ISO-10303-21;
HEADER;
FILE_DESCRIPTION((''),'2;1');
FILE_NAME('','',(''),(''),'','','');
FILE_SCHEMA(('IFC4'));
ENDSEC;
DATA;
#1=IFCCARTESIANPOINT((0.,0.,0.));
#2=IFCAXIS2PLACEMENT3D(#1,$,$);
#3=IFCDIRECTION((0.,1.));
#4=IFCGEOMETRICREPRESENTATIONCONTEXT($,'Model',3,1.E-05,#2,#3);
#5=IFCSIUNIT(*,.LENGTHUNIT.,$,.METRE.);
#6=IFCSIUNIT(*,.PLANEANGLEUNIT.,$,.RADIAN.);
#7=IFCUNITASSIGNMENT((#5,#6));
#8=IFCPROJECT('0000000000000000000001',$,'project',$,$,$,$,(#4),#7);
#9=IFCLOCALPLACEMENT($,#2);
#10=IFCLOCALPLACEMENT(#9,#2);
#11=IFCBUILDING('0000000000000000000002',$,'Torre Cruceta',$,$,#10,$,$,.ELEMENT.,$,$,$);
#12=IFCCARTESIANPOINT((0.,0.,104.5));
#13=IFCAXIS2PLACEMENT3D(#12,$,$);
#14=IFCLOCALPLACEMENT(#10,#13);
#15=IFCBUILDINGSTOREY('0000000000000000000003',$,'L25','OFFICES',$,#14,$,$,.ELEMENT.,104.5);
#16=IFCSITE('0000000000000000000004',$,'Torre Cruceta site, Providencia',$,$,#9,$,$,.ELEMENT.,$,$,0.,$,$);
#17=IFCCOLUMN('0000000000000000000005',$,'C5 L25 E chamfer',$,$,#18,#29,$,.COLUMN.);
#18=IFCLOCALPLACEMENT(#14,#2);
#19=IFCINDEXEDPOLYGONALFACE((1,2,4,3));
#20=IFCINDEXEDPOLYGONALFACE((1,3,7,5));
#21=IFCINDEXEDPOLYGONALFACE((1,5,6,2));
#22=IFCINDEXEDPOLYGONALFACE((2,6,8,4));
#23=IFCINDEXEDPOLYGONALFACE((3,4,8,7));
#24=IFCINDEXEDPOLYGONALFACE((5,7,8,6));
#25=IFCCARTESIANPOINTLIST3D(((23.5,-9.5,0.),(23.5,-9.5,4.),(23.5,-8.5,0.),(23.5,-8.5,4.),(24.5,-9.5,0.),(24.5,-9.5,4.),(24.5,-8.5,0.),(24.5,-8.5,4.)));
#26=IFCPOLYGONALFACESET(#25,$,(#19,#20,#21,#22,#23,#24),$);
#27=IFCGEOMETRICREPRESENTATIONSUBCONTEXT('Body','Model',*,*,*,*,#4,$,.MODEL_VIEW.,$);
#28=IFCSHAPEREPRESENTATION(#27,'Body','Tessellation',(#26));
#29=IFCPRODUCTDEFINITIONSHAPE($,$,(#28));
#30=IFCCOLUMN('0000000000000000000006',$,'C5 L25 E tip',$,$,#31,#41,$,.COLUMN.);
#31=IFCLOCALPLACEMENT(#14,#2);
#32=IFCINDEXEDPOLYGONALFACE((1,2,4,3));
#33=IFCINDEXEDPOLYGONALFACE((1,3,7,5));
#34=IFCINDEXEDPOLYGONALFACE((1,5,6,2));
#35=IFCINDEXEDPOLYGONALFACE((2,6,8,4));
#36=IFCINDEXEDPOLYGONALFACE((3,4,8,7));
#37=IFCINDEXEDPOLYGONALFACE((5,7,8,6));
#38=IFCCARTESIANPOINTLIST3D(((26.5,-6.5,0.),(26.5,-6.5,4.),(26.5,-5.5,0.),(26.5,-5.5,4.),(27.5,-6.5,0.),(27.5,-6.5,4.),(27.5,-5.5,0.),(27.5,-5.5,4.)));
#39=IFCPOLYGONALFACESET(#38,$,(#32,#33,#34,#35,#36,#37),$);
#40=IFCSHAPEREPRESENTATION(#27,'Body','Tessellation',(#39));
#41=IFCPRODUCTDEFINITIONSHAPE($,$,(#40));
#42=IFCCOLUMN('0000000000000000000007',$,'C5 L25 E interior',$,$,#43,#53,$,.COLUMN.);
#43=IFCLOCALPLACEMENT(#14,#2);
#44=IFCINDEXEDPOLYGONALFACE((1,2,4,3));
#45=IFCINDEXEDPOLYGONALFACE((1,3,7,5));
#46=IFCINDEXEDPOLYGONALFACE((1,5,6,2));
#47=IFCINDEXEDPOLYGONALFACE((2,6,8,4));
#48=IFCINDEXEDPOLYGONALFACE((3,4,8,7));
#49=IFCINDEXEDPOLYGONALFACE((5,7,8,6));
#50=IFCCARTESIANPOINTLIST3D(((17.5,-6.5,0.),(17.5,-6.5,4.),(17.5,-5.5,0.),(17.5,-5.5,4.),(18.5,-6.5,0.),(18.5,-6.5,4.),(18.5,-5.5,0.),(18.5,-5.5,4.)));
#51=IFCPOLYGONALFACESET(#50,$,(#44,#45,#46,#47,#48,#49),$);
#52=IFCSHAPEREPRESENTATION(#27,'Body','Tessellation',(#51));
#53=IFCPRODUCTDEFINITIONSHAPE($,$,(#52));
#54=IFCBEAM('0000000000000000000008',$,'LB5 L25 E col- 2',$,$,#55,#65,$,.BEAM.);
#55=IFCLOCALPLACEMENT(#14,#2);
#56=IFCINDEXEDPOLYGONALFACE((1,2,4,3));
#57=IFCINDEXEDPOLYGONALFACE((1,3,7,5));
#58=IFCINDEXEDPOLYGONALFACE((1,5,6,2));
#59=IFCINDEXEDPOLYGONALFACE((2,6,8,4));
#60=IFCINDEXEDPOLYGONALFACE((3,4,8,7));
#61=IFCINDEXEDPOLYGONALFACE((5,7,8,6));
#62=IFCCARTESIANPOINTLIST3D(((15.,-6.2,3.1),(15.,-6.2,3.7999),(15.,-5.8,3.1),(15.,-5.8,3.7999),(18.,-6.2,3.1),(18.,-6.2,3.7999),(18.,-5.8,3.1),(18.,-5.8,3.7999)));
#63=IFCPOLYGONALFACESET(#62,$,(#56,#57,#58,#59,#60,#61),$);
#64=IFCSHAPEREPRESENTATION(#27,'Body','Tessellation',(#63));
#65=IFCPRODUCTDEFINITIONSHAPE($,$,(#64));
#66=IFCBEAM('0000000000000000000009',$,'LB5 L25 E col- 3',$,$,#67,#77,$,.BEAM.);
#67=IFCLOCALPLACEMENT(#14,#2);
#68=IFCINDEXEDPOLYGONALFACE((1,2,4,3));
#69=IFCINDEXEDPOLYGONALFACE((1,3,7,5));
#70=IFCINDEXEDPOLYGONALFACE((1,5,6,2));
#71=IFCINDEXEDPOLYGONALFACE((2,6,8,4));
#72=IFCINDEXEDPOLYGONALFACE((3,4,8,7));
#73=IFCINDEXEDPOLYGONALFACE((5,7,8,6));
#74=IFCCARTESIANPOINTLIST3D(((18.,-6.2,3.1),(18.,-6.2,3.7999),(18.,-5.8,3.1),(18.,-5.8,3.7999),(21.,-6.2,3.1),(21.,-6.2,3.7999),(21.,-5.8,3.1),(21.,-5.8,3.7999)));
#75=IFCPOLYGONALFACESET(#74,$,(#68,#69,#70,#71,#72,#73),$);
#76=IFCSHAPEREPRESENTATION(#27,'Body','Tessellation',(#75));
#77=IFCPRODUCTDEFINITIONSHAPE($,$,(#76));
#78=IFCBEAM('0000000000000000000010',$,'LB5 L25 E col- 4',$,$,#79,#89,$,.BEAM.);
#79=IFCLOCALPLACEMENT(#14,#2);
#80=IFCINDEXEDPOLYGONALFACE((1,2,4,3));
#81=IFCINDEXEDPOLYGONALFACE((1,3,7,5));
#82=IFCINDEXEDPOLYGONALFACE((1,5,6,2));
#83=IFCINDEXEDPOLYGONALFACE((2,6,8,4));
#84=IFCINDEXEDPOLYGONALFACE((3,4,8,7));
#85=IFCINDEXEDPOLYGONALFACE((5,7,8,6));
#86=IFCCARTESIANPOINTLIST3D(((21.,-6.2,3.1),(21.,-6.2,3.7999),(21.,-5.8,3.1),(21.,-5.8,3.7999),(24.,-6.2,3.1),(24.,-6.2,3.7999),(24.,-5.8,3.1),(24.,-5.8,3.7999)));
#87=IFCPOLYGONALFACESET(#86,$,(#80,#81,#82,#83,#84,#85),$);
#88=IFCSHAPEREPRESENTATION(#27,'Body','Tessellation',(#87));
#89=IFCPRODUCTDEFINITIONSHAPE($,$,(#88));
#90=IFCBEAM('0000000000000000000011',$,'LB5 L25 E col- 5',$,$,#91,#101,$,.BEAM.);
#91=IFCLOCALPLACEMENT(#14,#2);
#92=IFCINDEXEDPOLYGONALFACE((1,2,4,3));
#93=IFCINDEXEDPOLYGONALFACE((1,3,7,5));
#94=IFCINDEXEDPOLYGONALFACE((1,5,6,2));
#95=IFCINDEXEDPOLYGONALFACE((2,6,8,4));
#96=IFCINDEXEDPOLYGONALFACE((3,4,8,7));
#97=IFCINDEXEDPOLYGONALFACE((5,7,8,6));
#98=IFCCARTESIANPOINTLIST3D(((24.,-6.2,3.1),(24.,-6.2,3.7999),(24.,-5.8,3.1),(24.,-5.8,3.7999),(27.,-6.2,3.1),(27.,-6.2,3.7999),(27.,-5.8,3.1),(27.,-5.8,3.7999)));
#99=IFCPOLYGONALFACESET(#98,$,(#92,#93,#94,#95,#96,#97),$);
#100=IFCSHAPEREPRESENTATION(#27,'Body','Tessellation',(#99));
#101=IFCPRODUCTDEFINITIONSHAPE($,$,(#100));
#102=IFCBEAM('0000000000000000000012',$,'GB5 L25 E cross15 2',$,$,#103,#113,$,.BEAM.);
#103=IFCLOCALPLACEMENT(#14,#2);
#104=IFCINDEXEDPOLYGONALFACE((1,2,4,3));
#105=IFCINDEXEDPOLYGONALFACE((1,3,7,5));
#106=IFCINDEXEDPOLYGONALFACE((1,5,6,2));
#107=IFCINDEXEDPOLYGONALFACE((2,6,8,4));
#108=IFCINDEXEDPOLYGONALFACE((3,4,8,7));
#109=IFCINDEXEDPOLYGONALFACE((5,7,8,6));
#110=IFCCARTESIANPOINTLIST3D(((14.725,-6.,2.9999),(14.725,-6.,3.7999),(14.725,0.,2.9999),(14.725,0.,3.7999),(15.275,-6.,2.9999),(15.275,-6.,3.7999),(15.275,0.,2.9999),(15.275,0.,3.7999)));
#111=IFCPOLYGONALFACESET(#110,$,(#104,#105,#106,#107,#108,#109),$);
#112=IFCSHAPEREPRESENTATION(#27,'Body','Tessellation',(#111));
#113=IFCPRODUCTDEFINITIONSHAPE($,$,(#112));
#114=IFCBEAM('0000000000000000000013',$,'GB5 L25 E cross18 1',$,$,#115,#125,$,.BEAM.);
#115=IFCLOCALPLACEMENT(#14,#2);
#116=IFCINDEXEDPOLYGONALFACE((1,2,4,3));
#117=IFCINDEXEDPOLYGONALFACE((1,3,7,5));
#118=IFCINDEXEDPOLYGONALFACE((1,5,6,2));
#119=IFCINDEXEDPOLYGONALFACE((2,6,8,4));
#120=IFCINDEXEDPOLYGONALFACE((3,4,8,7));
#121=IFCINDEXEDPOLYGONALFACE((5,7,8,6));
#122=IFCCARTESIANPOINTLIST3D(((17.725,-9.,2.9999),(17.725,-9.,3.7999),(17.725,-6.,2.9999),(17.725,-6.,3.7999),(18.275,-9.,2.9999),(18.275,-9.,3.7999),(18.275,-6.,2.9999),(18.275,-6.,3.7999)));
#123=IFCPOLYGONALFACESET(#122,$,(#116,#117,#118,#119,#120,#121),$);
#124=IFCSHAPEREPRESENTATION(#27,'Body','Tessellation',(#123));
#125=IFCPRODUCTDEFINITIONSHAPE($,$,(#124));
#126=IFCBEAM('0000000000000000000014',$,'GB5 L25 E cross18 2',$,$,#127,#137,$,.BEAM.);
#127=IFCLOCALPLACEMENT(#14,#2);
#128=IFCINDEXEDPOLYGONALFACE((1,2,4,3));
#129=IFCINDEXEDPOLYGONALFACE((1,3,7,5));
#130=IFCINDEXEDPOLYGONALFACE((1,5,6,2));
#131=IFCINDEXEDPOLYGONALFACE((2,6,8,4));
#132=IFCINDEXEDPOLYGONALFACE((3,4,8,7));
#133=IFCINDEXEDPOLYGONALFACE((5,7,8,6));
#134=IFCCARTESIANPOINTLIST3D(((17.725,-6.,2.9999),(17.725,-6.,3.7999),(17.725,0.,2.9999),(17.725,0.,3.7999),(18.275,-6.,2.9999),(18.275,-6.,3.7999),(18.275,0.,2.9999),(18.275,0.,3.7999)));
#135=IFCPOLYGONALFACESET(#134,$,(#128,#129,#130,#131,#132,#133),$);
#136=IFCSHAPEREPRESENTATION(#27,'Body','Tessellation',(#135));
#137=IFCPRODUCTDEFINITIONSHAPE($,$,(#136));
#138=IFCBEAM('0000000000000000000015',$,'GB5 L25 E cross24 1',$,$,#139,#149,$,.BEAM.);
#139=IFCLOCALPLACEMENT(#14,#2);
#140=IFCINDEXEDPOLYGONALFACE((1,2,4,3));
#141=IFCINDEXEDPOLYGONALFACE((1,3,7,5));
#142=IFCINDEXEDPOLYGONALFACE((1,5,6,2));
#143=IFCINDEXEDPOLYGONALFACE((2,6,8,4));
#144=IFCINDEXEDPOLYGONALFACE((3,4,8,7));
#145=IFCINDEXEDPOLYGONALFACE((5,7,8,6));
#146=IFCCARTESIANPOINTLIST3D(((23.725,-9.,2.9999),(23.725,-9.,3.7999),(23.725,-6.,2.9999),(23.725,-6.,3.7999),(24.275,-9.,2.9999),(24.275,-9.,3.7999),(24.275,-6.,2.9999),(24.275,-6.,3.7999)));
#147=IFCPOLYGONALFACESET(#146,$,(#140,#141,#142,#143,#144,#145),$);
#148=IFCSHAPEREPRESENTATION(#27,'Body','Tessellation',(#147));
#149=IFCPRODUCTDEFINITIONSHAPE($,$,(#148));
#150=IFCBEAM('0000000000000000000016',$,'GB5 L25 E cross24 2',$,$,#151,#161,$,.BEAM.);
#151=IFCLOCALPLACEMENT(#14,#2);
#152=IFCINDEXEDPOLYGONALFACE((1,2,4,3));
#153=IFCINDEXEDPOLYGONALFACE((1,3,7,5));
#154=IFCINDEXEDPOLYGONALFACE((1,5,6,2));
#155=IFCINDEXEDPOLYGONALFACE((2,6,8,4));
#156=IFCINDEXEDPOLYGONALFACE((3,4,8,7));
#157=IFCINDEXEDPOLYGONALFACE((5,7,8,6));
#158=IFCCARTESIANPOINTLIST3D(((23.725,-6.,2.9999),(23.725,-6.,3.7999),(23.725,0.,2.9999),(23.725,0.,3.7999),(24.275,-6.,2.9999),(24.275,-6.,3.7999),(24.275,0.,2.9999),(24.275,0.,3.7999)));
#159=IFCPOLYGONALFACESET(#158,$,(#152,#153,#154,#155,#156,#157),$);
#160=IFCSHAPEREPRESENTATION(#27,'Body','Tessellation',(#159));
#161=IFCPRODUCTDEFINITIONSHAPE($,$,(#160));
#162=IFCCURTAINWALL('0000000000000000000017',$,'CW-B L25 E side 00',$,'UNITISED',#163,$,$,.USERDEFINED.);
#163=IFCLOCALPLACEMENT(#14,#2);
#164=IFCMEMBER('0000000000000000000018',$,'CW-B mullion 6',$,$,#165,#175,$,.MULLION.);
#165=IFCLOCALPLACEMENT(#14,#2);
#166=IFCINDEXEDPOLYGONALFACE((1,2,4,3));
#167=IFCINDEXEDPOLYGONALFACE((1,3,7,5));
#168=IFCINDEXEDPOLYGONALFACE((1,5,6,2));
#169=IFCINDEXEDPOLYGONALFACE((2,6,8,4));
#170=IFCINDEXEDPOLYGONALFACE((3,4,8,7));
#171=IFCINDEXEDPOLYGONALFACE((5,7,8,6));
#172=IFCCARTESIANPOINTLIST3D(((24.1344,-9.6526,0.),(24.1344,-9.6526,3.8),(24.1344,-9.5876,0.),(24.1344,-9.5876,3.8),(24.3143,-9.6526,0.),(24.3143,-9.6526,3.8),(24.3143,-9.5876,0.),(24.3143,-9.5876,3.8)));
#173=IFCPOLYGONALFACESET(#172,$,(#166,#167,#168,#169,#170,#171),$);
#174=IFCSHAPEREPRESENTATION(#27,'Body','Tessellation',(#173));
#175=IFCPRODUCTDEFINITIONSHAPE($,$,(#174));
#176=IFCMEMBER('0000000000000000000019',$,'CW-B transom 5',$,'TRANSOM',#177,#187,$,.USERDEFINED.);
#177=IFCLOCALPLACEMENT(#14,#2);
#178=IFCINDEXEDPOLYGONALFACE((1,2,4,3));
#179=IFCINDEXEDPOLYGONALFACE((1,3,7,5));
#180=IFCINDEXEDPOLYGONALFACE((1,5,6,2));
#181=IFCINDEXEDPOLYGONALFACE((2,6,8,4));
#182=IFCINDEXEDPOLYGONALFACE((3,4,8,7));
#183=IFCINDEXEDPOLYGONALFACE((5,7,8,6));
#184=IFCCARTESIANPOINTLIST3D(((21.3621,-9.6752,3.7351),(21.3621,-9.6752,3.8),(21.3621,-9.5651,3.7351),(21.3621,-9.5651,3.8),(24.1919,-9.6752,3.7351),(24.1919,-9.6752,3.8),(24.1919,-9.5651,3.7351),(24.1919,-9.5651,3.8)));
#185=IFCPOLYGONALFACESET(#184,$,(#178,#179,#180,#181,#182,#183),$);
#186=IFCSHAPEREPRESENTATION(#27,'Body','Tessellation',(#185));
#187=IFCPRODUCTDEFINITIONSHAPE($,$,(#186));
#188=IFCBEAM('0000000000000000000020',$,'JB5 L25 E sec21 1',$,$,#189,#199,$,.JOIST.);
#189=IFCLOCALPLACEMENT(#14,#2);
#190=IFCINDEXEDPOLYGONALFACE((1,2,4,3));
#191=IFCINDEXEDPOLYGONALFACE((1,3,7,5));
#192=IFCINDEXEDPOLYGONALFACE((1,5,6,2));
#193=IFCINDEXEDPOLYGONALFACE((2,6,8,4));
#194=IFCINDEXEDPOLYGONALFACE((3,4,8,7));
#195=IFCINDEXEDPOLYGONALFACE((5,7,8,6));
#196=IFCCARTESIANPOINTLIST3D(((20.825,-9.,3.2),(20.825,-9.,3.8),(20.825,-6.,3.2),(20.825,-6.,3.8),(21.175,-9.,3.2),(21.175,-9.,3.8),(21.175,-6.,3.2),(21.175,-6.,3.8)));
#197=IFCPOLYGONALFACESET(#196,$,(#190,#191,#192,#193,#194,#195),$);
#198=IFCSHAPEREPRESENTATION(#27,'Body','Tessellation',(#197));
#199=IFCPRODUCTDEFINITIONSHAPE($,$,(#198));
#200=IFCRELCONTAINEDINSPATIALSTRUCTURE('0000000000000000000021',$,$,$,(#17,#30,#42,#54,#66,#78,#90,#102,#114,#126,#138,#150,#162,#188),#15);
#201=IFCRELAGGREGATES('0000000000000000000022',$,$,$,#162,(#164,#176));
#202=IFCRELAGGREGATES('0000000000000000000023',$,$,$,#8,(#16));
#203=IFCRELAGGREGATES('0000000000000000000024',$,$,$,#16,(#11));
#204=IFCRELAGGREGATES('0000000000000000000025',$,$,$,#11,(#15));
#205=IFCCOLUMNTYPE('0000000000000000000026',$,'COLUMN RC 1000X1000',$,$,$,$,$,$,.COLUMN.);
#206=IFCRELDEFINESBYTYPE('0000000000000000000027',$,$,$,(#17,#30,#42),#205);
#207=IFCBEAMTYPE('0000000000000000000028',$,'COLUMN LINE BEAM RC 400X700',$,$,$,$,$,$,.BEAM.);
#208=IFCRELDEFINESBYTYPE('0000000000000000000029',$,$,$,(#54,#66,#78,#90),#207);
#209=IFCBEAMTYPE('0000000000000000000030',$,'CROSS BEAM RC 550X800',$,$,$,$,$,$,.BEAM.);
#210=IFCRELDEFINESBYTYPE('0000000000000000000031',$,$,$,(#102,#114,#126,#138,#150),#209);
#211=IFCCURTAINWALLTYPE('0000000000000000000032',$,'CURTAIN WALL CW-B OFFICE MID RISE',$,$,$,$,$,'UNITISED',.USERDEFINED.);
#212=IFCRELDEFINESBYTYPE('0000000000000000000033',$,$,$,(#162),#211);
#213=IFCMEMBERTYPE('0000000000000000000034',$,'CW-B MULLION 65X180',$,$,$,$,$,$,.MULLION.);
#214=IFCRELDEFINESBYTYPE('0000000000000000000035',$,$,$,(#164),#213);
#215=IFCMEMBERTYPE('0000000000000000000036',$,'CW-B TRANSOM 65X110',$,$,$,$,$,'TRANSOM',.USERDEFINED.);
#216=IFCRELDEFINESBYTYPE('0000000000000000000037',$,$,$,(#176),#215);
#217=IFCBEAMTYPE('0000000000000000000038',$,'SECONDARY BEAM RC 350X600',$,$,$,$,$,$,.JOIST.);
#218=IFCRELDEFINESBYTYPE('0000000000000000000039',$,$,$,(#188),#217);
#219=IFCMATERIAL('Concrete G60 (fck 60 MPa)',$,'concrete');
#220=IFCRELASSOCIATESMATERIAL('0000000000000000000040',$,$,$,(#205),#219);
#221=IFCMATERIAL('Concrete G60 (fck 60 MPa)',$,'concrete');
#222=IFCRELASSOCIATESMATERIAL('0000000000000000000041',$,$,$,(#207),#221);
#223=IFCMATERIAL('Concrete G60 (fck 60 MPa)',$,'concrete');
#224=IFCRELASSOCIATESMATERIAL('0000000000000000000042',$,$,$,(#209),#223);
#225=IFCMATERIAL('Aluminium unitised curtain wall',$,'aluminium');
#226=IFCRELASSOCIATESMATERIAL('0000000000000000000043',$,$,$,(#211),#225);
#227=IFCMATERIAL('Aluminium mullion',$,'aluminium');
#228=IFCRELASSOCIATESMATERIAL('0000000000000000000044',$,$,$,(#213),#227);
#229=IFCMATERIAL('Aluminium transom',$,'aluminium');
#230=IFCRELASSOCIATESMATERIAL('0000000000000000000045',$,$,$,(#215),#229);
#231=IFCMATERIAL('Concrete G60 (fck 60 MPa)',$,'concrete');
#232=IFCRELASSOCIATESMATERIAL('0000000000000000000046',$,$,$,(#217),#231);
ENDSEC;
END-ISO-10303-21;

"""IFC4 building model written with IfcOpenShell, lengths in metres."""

from ifc_helpers import new_model, si_unit, direction, frame, origin, origin_2d, place, context, subcontext, project, spatial, rectangle, extrude, material, material_profile, profile_set, type_object, element, aggregate, save


model = new_model("IFC4")

# Units and contexts
model_context = context("Model", 3, precision=1e-05, world=origin(), true_north=direction((0.0, 1.0)))
body_context = subcontext(model_context, "Body", "Model", "MODEL_VIEW")
ifc_project = project(units=[si_unit("LENGTHUNIT", "METRE"), si_unit("PLANEANGLEUNIT", "RADIAN")], contexts=[model_context])

# Site, building, storey
site_placement = place(None, origin())
site = spatial("IfcSite", under=ifc_project, at=site_placement, Name="Torre Cruceta site, Providencia", CompositionType="ELEMENT", RefElevation=0.0)
building_placement = place(site_placement, origin())
building = spatial("IfcBuilding", under=site, at=building_placement, Name="Torre Cruceta", CompositionType="ELEMENT")
storey_placement = place(building_placement, frame((0.0, 0.0, 104.5)))
storey = spatial("IfcBuildingStorey", under=building, at=storey_placement, Name="L25", Description="OFFICES", CompositionType="ELEMENT", Elevation=104.5)

# Columns
ifc_material_1 = material(Name="Concrete G60 (fck 60 MPa)", Category="concrete")
ifc_material_profile_1 = material_profile(ifc_material_1, rectangle(XDim=1.0, YDim=1.0, at=origin_2d()), Name="RC 1000X1000")
ifc_profile_set_1 = profile_set([ifc_material_profile_1], Name="Concrete G60 (fck 60 MPa)")
column_type = type_object("IfcColumnType", Name="COLUMN RC 1000X1000", PredefinedType="COLUMN", material=ifc_profile_set_1)
for number, where, z_axis, x_axis, name in (
    (1, (24.0, -9.0, 0.0), (0.0, 0.0, 1.0), (1.0, 0.0, 0.0), "C5 L25 E chamfer"),
    (2, (27.0, -6.0, 0.0), (0.0, 0.0, 1.0), (1.0, 0.0, 0.0), "C5 L25 E tip"),
    (3, (18.0, -6.0, 0.0), (0.0, 0.0, 1.0), (1.0, 0.0, 0.0), "C5 L25 E interior"),
):
    element("IfcColumn", number, at=place(storey_placement, frame(where, z_axis=z_axis, x_axis=x_axis)), inside=storey, type_object=column_type, Name=name, PredefinedType="COLUMN", context=body_context, shape_type="SweptSolid", body=[
        extrude(rectangle(XDim=1.0, YDim=1.0, at=origin_2d()), origin(), (0.0, 0.0, 1.0), 4.0),
    ])

# Beams
ifc_material_2 = material(Name="Concrete G60 (fck 60 MPa)", Category="concrete")
ifc_material_profile_2 = material_profile(ifc_material_2, rectangle(XDim=0.3999, YDim=0.7, at=origin_2d()), Name="RC 400X700")
ifc_profile_set_2 = profile_set([ifc_material_profile_2], Name="Concrete G60 (fck 60 MPa)")
beam_type_1 = type_object("IfcBeamType", Name="COLUMN LINE BEAM RC 400X700", PredefinedType="BEAM", material=ifc_profile_set_2)
for number, where, z_axis, x_axis, name in (
    (4, (15.0, -6.0, 3.45), (1.0, 0.0, 0.0), (0.0, 1.0, 0.0), "LB5 L25 E col- 2"),
    (5, (18.0, -6.0, 3.45), (1.0, 0.0, 0.0), (0.0, 1.0, 0.0), "LB5 L25 E col- 3"),
    (6, (21.0, -6.0, 3.45), (1.0, 0.0, 0.0), (0.0, 1.0, 0.0), "LB5 L25 E col- 4"),
    (7, (24.0, -6.0, 3.45), (1.0, 0.0, 0.0), (0.0, 1.0, 0.0), "LB5 L25 E col- 5"),
):
    element("IfcBeam", number, at=place(storey_placement, frame(where, z_axis=z_axis, x_axis=x_axis)), inside=storey, type_object=beam_type_1, Name=name, PredefinedType="BEAM", context=body_context, shape_type="SweptSolid", body=[
        extrude(rectangle(XDim=0.3999, YDim=0.7, at=origin_2d()), origin(), (0.0, 0.0, 1.0), 3.0),
    ])
ifc_material_3 = material(Name="Concrete G60 (fck 60 MPa)", Category="concrete")
ifc_material_profile_3 = material_profile(ifc_material_3, rectangle(XDim=0.55, YDim=0.8, at=origin_2d()), Name="RC 550X800")
ifc_profile_set_3 = profile_set([ifc_material_profile_3], Name="Concrete G60 (fck 60 MPa)")
beam_type_2 = type_object("IfcBeamType", Name="CROSS BEAM RC 550X800", PredefinedType="BEAM", material=ifc_profile_set_3)
beam_1_placement = place(storey_placement, frame((15.0, -6.0, 3.3999), z_axis=(0.0, 1.0, 0.0), x_axis=(-1.0, 0.0, 0.0)))
element("IfcBeam", 8, at=beam_1_placement, inside=storey, type_object=beam_type_2, Name="GB5 L25 E cross15 2", PredefinedType="BEAM", context=body_context, shape_type="SweptSolid", body=[
    extrude(rectangle(XDim=0.55, YDim=0.8, at=origin_2d()), origin(), (0.0, 0.0, 1.0), 6.0),
])
beam_2_placement = place(storey_placement, frame((18.0, -9.0, 3.3999), z_axis=(0.0, 1.0, 0.0), x_axis=(-1.0, 0.0, 0.0)))
element("IfcBeam", 9, at=beam_2_placement, inside=storey, type_object=beam_type_2, Name="GB5 L25 E cross18 1", PredefinedType="BEAM", context=body_context, shape_type="SweptSolid", body=[
    extrude(rectangle(XDim=0.55, YDim=0.8, at=origin_2d()), origin(), (0.0, 0.0, 1.0), 3.0),
])
beam_3_placement = place(storey_placement, frame((18.0, -6.0, 3.3999), z_axis=(0.0, 1.0, 0.0), x_axis=(-1.0, 0.0, 0.0)))
element("IfcBeam", 10, at=beam_3_placement, inside=storey, type_object=beam_type_2, Name="GB5 L25 E cross18 2", PredefinedType="BEAM", context=body_context, shape_type="SweptSolid", body=[
    extrude(rectangle(XDim=0.55, YDim=0.8, at=origin_2d()), origin(), (0.0, 0.0, 1.0), 6.0),
])
beam_4_placement = place(storey_placement, frame((24.0, -9.0, 3.3999), z_axis=(0.0, 1.0, 0.0), x_axis=(-1.0, 0.0, 0.0)))
element("IfcBeam", 11, at=beam_4_placement, inside=storey, type_object=beam_type_2, Name="GB5 L25 E cross24 1", PredefinedType="BEAM", context=body_context, shape_type="SweptSolid", body=[
    extrude(rectangle(XDim=0.55, YDim=0.8, at=origin_2d()), origin(), (0.0, 0.0, 1.0), 3.0),
])
beam_5_placement = place(storey_placement, frame((24.0, -6.0, 3.3999), z_axis=(0.0, 1.0, 0.0), x_axis=(-1.0, 0.0, 0.0)))
element("IfcBeam", 12, at=beam_5_placement, inside=storey, type_object=beam_type_2, Name="GB5 L25 E cross24 2", PredefinedType="BEAM", context=body_context, shape_type="SweptSolid", body=[
    extrude(rectangle(XDim=0.55, YDim=0.8, at=origin_2d()), origin(), (0.0, 0.0, 1.0), 6.0),
])

# Curtain wall, members
ifc_material_4 = material(Name="Aluminium unitised curtain wall", Category="aluminium")
curtain_wall_type = type_object("IfcCurtainWallType", Name="CURTAIN WALL CW-B OFFICE MID RISE", ElementType="UNITISED", PredefinedType="USERDEFINED", material=ifc_material_4)
curtain_wall_placement = place(storey_placement, origin())
curtain_wall = element("IfcCurtainWall", 13, at=curtain_wall_placement, inside=storey, type_object=curtain_wall_type, Name="CW-B L25 E side 00", ObjectType="UNITISED", PredefinedType="USERDEFINED")
ifc_material_5 = material(Name="Aluminium mullion", Category="aluminium")
ifc_material_profile_4 = material_profile(ifc_material_5, rectangle(XDim=0.0649, YDim=0.1799, at=origin_2d()), Name="AL 65X180")
ifc_profile_set_4 = profile_set([ifc_material_profile_4], Name="Aluminium mullion")
member_type_1 = type_object("IfcMemberType", Name="CW-B MULLION 65X180", PredefinedType="MULLION", material=ifc_profile_set_4)
member_1_placement = place(storey_placement, frame((24.2244, -9.6201, 0.0), z_axis=(0.0, 0.0, 1.0), x_axis=(0.0, 1.0, 0.0)))
member_1 = element("IfcMember", 14, at=member_1_placement, type_object=member_type_1, Name="CW-B mullion 6", PredefinedType="MULLION", context=body_context, shape_type="SweptSolid", body=[
    extrude(rectangle(XDim=0.0649, YDim=0.1799, at=origin_2d()), origin(), (0.0, 0.0, 1.0), 3.8),
])
ifc_material_6 = material(Name="Aluminium transom", Category="aluminium")
ifc_material_profile_5 = material_profile(ifc_material_6, rectangle(XDim=0.1101, YDim=0.0649, at=origin_2d()), Name="AL 110X65")
ifc_profile_set_5 = profile_set([ifc_material_profile_5], Name="Aluminium transom")
member_type_2 = type_object("IfcMemberType", Name="CW-B TRANSOM 65X110", ElementType="TRANSOM", PredefinedType="USERDEFINED", material=ifc_profile_set_5)
member_2_placement = place(storey_placement, frame((21.3621, -9.6201, 3.7676), z_axis=(1.0, 0.0, 0.0), x_axis=(0.0, 1.0, 0.0)))
member_2 = element("IfcMember", 15, at=member_2_placement, type_object=member_type_2, Name="CW-B transom 5", ObjectType="TRANSOM", PredefinedType="USERDEFINED", context=body_context, shape_type="SweptSolid", body=[
    extrude(rectangle(XDim=0.1101, YDim=0.0649, at=origin_2d()), origin(), (0.0, 0.0, 1.0), 2.8298),
])

# Beam
ifc_material_7 = material(Name="Concrete G60 (fck 60 MPa)", Category="concrete")
ifc_material_profile_6 = material_profile(ifc_material_7, rectangle(XDim=0.3501, YDim=0.6001, at=origin_2d()), Name="RC 350X600")
ifc_profile_set_6 = profile_set([ifc_material_profile_6], Name="Concrete G60 (fck 60 MPa)")
beam_type_3 = type_object("IfcBeamType", Name="SECONDARY BEAM RC 350X600", PredefinedType="JOIST", material=ifc_profile_set_6)
beam_6_placement = place(storey_placement, frame((21.0, -9.0, 3.5), z_axis=(0.0, 1.0, 0.0), x_axis=(-1.0, 0.0, 0.0)))
element("IfcBeam", 16, at=beam_6_placement, inside=storey, type_object=beam_type_3, Name="JB5 L25 E sec21 1", PredefinedType="JOIST", context=body_context, shape_type="SweptSolid", body=[
    extrude(rectangle(XDim=0.3501, YDim=0.6001, at=origin_2d()), origin(), (0.0, 0.0, 1.0), 3.0),
])

aggregate(curtain_wall, [member_1, member_2])

save(model, "model.ifc")
